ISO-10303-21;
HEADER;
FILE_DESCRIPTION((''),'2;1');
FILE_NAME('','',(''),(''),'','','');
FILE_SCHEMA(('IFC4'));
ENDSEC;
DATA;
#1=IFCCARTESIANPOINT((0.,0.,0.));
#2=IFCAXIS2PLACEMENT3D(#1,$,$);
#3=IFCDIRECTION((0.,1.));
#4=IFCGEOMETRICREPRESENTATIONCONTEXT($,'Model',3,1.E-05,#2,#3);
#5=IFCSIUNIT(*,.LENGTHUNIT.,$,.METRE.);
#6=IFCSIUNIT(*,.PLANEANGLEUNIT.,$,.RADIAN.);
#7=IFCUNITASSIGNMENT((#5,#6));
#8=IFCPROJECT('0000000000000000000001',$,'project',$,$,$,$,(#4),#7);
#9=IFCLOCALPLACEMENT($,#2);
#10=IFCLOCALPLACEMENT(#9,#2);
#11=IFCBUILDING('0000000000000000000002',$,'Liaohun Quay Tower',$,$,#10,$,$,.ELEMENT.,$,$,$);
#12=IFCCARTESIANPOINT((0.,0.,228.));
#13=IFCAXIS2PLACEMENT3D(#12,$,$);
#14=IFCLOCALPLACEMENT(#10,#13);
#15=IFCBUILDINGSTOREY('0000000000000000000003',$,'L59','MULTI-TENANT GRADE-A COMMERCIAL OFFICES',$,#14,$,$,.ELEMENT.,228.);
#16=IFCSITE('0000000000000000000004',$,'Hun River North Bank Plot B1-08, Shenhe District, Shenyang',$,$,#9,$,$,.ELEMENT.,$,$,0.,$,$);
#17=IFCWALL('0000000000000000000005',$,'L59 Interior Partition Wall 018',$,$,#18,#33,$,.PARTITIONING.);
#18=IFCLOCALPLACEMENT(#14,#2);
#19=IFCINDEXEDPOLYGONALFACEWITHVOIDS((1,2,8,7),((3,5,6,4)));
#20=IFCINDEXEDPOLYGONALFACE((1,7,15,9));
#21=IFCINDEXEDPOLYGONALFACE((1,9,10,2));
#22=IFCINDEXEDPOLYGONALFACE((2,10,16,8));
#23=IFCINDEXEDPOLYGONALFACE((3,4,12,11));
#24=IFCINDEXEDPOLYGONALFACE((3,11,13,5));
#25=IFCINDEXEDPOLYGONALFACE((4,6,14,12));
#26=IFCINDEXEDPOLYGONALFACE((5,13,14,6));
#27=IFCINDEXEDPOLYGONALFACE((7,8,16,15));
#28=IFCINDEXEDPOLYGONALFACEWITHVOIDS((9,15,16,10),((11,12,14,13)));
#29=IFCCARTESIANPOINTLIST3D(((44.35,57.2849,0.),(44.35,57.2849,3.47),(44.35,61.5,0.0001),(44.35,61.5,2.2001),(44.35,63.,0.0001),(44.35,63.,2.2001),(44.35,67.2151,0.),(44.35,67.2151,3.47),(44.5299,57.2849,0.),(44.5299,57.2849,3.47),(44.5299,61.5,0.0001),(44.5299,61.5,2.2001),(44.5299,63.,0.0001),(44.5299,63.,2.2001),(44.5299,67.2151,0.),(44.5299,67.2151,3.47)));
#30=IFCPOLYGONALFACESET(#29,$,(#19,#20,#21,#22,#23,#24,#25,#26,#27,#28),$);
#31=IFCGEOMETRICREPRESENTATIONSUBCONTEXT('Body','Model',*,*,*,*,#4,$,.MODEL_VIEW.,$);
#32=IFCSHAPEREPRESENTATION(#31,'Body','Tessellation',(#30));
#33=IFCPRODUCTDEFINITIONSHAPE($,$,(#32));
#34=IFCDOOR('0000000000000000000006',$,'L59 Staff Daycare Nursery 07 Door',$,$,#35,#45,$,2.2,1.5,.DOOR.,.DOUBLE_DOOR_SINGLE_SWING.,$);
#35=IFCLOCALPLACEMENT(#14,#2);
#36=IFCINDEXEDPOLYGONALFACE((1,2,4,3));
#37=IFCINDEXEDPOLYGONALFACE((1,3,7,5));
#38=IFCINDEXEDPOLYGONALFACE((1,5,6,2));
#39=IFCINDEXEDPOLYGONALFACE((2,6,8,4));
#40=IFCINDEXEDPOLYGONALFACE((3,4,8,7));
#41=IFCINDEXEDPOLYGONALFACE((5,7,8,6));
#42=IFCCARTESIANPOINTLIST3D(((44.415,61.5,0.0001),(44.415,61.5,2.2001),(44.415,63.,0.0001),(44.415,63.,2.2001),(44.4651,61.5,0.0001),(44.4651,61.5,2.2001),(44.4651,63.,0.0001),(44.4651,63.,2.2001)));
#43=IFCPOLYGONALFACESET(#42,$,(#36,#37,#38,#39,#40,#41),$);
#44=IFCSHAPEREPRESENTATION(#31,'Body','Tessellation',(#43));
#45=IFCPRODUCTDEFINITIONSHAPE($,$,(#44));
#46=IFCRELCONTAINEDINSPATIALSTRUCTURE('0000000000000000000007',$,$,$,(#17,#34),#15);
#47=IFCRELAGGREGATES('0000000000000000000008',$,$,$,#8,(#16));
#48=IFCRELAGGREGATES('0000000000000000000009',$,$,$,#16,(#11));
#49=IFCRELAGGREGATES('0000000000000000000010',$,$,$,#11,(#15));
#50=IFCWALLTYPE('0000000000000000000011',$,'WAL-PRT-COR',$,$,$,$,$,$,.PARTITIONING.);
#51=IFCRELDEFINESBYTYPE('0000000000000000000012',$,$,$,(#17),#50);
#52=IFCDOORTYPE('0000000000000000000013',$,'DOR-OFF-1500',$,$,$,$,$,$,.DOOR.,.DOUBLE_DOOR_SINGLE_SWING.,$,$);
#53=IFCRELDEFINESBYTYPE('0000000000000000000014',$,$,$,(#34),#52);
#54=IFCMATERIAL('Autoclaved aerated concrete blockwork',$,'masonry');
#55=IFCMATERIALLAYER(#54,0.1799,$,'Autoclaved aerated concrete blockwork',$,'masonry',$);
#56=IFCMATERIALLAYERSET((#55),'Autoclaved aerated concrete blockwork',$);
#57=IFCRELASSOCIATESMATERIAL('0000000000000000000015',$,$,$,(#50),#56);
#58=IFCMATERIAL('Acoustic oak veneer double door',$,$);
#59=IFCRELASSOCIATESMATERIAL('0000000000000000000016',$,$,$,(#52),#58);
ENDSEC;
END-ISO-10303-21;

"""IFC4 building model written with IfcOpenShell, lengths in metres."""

from ifc_helpers import new_model, si_unit, direction, frame, frame_2d, origin, place, context, subcontext, project, spatial, rectangle, extrude, source, transform, mapped, material, layer, layer_set, type_object, element, fill, save


model = new_model("IFC4")

# Units and contexts
model_context = context("Model", 3, precision=1e-05, world=origin(), true_north=direction((0.0, 1.0)))
body_context = subcontext(model_context, "Body", "Model", "MODEL_VIEW")
ifc_project = project(units=[si_unit("LENGTHUNIT", "METRE"), si_unit("PLANEANGLEUNIT", "RADIAN")], contexts=[model_context])

# Site, building, storey
site_placement = place(None, origin())
site = spatial("IfcSite", under=ifc_project, at=site_placement, Name="Hun River North Bank Plot B1-08, Shenhe District, Shenyang", CompositionType="ELEMENT", RefElevation=0.0)
building_placement = place(site_placement, origin())
building = spatial("IfcBuilding", under=site, at=building_placement, Name="Liaohun Quay Tower", CompositionType="ELEMENT")
storey_placement = place(building_placement, frame((0.0, 0.0, 228.0)))
storey = spatial("IfcBuildingStorey", under=building, at=storey_placement, Name="L59", Description="MULTI-TENANT GRADE-A COMMERCIAL OFFICES", CompositionType="ELEMENT", Elevation=228.0)

# Wall, opening, door
ifc_material_1 = material(Name="Autoclaved aerated concrete blockwork", Category="masonry")
ifc_layer_1 = layer(ifc_material_1, 0.1799, Name="Autoclaved aerated concrete blockwork", Category="masonry")
ifc_layer_set_1 = layer_set([ifc_layer_1], Name="Autoclaved aerated concrete blockwork")
wall_type_1 = type_object("IfcWallType", Name="WAL-PRT-COR", PredefinedType="PARTITIONING", material=ifc_layer_set_1)
shared_shape_1 = source(origin(), body_context, "Body", "SweptSolid", [
    extrude(rectangle(XDim=1.5, YDim=2.2, at=frame_2d((0.75, 1.1001))), frame((0.0, 0.0999, 0.0), z_axis=(0.0, -1.0, 0.0), x_axis=(1.0, 0.0, 0.0)), (0.0, 0.0, 1.0), 0.2),
])
ifc_material_2 = material(Name="Acoustic oak veneer double door")
door_type = type_object("IfcDoorType", Name="DOR-OFF-1500", OperationType="DOUBLE_DOOR_SINGLE_SWING", PredefinedType="DOOR", material=ifc_material_2)
shared_shape_2 = source(origin(), body_context, "Body", "SweptSolid", [
    extrude(rectangle(XDim=1.5, YDim=2.2, at=frame_2d((0.75, 1.1001))), frame((0.0, 0.0249, 0.0), z_axis=(0.0, -1.0, 0.0), x_axis=(1.0, 0.0, 0.0)), (0.0, 0.0, 1.0), 0.05),
])
wall_1_placement = place(storey_placement, frame((44.4399, 57.2849, 0.0), z_axis=(0.0, 0.0, 1.0), x_axis=(0.0, 1.0, 0.0)))
wall_1 = element("IfcWall", 1, at=wall_1_placement, inside=storey, type_object=wall_type_1, Name="L59 Interior Partition Wall 018", PredefinedType="PARTITIONING", context=body_context, shape_type="SweptSolid", body=[
    extrude(rectangle(XDim=9.9302, YDim=0.1799, at=frame_2d((4.9651, 0.0))), origin(), (0.0, 0.0, 1.0), 3.47),
])
opening_1_placement = place(wall_1_placement, frame((4.2151, 0.0, 0.0)))
opening_1 = element("IfcOpeningElement", 2, at=opening_1_placement, cuts=wall_1, PredefinedType="OPENING", context=body_context, shape_type="MappedRepresentation", body=[
    mapped(shared_shape_1, transform((0.0, 0.0, 0.0), x_axis=(1.0, 0.0, 0.0), y_axis=(0.0, 1.0, 0.0), z_axis=(0.0, 0.0, 1.0), scale=1.0)),
])
door_1_placement = place(opening_1_placement, origin())
door_1 = element("IfcDoor", 3, at=door_1_placement, inside=storey, type_object=door_type, Name="L59 Staff Daycare Nursery 07 Door", OperationType="DOUBLE_DOOR_SINGLE_SWING", OverallHeight=2.2, OverallWidth=1.5, PredefinedType="DOOR", context=body_context, shape_type="MappedRepresentation", body=[
    mapped(shared_shape_2, transform((0.0, 0.0, 0.0), x_axis=(1.0, 0.0, 0.0), y_axis=(0.0, 1.0, 0.0), z_axis=(0.0, 0.0, 1.0), scale=1.0)),
])
fill(opening_1, door_1)

save(model, "model.ifc")
